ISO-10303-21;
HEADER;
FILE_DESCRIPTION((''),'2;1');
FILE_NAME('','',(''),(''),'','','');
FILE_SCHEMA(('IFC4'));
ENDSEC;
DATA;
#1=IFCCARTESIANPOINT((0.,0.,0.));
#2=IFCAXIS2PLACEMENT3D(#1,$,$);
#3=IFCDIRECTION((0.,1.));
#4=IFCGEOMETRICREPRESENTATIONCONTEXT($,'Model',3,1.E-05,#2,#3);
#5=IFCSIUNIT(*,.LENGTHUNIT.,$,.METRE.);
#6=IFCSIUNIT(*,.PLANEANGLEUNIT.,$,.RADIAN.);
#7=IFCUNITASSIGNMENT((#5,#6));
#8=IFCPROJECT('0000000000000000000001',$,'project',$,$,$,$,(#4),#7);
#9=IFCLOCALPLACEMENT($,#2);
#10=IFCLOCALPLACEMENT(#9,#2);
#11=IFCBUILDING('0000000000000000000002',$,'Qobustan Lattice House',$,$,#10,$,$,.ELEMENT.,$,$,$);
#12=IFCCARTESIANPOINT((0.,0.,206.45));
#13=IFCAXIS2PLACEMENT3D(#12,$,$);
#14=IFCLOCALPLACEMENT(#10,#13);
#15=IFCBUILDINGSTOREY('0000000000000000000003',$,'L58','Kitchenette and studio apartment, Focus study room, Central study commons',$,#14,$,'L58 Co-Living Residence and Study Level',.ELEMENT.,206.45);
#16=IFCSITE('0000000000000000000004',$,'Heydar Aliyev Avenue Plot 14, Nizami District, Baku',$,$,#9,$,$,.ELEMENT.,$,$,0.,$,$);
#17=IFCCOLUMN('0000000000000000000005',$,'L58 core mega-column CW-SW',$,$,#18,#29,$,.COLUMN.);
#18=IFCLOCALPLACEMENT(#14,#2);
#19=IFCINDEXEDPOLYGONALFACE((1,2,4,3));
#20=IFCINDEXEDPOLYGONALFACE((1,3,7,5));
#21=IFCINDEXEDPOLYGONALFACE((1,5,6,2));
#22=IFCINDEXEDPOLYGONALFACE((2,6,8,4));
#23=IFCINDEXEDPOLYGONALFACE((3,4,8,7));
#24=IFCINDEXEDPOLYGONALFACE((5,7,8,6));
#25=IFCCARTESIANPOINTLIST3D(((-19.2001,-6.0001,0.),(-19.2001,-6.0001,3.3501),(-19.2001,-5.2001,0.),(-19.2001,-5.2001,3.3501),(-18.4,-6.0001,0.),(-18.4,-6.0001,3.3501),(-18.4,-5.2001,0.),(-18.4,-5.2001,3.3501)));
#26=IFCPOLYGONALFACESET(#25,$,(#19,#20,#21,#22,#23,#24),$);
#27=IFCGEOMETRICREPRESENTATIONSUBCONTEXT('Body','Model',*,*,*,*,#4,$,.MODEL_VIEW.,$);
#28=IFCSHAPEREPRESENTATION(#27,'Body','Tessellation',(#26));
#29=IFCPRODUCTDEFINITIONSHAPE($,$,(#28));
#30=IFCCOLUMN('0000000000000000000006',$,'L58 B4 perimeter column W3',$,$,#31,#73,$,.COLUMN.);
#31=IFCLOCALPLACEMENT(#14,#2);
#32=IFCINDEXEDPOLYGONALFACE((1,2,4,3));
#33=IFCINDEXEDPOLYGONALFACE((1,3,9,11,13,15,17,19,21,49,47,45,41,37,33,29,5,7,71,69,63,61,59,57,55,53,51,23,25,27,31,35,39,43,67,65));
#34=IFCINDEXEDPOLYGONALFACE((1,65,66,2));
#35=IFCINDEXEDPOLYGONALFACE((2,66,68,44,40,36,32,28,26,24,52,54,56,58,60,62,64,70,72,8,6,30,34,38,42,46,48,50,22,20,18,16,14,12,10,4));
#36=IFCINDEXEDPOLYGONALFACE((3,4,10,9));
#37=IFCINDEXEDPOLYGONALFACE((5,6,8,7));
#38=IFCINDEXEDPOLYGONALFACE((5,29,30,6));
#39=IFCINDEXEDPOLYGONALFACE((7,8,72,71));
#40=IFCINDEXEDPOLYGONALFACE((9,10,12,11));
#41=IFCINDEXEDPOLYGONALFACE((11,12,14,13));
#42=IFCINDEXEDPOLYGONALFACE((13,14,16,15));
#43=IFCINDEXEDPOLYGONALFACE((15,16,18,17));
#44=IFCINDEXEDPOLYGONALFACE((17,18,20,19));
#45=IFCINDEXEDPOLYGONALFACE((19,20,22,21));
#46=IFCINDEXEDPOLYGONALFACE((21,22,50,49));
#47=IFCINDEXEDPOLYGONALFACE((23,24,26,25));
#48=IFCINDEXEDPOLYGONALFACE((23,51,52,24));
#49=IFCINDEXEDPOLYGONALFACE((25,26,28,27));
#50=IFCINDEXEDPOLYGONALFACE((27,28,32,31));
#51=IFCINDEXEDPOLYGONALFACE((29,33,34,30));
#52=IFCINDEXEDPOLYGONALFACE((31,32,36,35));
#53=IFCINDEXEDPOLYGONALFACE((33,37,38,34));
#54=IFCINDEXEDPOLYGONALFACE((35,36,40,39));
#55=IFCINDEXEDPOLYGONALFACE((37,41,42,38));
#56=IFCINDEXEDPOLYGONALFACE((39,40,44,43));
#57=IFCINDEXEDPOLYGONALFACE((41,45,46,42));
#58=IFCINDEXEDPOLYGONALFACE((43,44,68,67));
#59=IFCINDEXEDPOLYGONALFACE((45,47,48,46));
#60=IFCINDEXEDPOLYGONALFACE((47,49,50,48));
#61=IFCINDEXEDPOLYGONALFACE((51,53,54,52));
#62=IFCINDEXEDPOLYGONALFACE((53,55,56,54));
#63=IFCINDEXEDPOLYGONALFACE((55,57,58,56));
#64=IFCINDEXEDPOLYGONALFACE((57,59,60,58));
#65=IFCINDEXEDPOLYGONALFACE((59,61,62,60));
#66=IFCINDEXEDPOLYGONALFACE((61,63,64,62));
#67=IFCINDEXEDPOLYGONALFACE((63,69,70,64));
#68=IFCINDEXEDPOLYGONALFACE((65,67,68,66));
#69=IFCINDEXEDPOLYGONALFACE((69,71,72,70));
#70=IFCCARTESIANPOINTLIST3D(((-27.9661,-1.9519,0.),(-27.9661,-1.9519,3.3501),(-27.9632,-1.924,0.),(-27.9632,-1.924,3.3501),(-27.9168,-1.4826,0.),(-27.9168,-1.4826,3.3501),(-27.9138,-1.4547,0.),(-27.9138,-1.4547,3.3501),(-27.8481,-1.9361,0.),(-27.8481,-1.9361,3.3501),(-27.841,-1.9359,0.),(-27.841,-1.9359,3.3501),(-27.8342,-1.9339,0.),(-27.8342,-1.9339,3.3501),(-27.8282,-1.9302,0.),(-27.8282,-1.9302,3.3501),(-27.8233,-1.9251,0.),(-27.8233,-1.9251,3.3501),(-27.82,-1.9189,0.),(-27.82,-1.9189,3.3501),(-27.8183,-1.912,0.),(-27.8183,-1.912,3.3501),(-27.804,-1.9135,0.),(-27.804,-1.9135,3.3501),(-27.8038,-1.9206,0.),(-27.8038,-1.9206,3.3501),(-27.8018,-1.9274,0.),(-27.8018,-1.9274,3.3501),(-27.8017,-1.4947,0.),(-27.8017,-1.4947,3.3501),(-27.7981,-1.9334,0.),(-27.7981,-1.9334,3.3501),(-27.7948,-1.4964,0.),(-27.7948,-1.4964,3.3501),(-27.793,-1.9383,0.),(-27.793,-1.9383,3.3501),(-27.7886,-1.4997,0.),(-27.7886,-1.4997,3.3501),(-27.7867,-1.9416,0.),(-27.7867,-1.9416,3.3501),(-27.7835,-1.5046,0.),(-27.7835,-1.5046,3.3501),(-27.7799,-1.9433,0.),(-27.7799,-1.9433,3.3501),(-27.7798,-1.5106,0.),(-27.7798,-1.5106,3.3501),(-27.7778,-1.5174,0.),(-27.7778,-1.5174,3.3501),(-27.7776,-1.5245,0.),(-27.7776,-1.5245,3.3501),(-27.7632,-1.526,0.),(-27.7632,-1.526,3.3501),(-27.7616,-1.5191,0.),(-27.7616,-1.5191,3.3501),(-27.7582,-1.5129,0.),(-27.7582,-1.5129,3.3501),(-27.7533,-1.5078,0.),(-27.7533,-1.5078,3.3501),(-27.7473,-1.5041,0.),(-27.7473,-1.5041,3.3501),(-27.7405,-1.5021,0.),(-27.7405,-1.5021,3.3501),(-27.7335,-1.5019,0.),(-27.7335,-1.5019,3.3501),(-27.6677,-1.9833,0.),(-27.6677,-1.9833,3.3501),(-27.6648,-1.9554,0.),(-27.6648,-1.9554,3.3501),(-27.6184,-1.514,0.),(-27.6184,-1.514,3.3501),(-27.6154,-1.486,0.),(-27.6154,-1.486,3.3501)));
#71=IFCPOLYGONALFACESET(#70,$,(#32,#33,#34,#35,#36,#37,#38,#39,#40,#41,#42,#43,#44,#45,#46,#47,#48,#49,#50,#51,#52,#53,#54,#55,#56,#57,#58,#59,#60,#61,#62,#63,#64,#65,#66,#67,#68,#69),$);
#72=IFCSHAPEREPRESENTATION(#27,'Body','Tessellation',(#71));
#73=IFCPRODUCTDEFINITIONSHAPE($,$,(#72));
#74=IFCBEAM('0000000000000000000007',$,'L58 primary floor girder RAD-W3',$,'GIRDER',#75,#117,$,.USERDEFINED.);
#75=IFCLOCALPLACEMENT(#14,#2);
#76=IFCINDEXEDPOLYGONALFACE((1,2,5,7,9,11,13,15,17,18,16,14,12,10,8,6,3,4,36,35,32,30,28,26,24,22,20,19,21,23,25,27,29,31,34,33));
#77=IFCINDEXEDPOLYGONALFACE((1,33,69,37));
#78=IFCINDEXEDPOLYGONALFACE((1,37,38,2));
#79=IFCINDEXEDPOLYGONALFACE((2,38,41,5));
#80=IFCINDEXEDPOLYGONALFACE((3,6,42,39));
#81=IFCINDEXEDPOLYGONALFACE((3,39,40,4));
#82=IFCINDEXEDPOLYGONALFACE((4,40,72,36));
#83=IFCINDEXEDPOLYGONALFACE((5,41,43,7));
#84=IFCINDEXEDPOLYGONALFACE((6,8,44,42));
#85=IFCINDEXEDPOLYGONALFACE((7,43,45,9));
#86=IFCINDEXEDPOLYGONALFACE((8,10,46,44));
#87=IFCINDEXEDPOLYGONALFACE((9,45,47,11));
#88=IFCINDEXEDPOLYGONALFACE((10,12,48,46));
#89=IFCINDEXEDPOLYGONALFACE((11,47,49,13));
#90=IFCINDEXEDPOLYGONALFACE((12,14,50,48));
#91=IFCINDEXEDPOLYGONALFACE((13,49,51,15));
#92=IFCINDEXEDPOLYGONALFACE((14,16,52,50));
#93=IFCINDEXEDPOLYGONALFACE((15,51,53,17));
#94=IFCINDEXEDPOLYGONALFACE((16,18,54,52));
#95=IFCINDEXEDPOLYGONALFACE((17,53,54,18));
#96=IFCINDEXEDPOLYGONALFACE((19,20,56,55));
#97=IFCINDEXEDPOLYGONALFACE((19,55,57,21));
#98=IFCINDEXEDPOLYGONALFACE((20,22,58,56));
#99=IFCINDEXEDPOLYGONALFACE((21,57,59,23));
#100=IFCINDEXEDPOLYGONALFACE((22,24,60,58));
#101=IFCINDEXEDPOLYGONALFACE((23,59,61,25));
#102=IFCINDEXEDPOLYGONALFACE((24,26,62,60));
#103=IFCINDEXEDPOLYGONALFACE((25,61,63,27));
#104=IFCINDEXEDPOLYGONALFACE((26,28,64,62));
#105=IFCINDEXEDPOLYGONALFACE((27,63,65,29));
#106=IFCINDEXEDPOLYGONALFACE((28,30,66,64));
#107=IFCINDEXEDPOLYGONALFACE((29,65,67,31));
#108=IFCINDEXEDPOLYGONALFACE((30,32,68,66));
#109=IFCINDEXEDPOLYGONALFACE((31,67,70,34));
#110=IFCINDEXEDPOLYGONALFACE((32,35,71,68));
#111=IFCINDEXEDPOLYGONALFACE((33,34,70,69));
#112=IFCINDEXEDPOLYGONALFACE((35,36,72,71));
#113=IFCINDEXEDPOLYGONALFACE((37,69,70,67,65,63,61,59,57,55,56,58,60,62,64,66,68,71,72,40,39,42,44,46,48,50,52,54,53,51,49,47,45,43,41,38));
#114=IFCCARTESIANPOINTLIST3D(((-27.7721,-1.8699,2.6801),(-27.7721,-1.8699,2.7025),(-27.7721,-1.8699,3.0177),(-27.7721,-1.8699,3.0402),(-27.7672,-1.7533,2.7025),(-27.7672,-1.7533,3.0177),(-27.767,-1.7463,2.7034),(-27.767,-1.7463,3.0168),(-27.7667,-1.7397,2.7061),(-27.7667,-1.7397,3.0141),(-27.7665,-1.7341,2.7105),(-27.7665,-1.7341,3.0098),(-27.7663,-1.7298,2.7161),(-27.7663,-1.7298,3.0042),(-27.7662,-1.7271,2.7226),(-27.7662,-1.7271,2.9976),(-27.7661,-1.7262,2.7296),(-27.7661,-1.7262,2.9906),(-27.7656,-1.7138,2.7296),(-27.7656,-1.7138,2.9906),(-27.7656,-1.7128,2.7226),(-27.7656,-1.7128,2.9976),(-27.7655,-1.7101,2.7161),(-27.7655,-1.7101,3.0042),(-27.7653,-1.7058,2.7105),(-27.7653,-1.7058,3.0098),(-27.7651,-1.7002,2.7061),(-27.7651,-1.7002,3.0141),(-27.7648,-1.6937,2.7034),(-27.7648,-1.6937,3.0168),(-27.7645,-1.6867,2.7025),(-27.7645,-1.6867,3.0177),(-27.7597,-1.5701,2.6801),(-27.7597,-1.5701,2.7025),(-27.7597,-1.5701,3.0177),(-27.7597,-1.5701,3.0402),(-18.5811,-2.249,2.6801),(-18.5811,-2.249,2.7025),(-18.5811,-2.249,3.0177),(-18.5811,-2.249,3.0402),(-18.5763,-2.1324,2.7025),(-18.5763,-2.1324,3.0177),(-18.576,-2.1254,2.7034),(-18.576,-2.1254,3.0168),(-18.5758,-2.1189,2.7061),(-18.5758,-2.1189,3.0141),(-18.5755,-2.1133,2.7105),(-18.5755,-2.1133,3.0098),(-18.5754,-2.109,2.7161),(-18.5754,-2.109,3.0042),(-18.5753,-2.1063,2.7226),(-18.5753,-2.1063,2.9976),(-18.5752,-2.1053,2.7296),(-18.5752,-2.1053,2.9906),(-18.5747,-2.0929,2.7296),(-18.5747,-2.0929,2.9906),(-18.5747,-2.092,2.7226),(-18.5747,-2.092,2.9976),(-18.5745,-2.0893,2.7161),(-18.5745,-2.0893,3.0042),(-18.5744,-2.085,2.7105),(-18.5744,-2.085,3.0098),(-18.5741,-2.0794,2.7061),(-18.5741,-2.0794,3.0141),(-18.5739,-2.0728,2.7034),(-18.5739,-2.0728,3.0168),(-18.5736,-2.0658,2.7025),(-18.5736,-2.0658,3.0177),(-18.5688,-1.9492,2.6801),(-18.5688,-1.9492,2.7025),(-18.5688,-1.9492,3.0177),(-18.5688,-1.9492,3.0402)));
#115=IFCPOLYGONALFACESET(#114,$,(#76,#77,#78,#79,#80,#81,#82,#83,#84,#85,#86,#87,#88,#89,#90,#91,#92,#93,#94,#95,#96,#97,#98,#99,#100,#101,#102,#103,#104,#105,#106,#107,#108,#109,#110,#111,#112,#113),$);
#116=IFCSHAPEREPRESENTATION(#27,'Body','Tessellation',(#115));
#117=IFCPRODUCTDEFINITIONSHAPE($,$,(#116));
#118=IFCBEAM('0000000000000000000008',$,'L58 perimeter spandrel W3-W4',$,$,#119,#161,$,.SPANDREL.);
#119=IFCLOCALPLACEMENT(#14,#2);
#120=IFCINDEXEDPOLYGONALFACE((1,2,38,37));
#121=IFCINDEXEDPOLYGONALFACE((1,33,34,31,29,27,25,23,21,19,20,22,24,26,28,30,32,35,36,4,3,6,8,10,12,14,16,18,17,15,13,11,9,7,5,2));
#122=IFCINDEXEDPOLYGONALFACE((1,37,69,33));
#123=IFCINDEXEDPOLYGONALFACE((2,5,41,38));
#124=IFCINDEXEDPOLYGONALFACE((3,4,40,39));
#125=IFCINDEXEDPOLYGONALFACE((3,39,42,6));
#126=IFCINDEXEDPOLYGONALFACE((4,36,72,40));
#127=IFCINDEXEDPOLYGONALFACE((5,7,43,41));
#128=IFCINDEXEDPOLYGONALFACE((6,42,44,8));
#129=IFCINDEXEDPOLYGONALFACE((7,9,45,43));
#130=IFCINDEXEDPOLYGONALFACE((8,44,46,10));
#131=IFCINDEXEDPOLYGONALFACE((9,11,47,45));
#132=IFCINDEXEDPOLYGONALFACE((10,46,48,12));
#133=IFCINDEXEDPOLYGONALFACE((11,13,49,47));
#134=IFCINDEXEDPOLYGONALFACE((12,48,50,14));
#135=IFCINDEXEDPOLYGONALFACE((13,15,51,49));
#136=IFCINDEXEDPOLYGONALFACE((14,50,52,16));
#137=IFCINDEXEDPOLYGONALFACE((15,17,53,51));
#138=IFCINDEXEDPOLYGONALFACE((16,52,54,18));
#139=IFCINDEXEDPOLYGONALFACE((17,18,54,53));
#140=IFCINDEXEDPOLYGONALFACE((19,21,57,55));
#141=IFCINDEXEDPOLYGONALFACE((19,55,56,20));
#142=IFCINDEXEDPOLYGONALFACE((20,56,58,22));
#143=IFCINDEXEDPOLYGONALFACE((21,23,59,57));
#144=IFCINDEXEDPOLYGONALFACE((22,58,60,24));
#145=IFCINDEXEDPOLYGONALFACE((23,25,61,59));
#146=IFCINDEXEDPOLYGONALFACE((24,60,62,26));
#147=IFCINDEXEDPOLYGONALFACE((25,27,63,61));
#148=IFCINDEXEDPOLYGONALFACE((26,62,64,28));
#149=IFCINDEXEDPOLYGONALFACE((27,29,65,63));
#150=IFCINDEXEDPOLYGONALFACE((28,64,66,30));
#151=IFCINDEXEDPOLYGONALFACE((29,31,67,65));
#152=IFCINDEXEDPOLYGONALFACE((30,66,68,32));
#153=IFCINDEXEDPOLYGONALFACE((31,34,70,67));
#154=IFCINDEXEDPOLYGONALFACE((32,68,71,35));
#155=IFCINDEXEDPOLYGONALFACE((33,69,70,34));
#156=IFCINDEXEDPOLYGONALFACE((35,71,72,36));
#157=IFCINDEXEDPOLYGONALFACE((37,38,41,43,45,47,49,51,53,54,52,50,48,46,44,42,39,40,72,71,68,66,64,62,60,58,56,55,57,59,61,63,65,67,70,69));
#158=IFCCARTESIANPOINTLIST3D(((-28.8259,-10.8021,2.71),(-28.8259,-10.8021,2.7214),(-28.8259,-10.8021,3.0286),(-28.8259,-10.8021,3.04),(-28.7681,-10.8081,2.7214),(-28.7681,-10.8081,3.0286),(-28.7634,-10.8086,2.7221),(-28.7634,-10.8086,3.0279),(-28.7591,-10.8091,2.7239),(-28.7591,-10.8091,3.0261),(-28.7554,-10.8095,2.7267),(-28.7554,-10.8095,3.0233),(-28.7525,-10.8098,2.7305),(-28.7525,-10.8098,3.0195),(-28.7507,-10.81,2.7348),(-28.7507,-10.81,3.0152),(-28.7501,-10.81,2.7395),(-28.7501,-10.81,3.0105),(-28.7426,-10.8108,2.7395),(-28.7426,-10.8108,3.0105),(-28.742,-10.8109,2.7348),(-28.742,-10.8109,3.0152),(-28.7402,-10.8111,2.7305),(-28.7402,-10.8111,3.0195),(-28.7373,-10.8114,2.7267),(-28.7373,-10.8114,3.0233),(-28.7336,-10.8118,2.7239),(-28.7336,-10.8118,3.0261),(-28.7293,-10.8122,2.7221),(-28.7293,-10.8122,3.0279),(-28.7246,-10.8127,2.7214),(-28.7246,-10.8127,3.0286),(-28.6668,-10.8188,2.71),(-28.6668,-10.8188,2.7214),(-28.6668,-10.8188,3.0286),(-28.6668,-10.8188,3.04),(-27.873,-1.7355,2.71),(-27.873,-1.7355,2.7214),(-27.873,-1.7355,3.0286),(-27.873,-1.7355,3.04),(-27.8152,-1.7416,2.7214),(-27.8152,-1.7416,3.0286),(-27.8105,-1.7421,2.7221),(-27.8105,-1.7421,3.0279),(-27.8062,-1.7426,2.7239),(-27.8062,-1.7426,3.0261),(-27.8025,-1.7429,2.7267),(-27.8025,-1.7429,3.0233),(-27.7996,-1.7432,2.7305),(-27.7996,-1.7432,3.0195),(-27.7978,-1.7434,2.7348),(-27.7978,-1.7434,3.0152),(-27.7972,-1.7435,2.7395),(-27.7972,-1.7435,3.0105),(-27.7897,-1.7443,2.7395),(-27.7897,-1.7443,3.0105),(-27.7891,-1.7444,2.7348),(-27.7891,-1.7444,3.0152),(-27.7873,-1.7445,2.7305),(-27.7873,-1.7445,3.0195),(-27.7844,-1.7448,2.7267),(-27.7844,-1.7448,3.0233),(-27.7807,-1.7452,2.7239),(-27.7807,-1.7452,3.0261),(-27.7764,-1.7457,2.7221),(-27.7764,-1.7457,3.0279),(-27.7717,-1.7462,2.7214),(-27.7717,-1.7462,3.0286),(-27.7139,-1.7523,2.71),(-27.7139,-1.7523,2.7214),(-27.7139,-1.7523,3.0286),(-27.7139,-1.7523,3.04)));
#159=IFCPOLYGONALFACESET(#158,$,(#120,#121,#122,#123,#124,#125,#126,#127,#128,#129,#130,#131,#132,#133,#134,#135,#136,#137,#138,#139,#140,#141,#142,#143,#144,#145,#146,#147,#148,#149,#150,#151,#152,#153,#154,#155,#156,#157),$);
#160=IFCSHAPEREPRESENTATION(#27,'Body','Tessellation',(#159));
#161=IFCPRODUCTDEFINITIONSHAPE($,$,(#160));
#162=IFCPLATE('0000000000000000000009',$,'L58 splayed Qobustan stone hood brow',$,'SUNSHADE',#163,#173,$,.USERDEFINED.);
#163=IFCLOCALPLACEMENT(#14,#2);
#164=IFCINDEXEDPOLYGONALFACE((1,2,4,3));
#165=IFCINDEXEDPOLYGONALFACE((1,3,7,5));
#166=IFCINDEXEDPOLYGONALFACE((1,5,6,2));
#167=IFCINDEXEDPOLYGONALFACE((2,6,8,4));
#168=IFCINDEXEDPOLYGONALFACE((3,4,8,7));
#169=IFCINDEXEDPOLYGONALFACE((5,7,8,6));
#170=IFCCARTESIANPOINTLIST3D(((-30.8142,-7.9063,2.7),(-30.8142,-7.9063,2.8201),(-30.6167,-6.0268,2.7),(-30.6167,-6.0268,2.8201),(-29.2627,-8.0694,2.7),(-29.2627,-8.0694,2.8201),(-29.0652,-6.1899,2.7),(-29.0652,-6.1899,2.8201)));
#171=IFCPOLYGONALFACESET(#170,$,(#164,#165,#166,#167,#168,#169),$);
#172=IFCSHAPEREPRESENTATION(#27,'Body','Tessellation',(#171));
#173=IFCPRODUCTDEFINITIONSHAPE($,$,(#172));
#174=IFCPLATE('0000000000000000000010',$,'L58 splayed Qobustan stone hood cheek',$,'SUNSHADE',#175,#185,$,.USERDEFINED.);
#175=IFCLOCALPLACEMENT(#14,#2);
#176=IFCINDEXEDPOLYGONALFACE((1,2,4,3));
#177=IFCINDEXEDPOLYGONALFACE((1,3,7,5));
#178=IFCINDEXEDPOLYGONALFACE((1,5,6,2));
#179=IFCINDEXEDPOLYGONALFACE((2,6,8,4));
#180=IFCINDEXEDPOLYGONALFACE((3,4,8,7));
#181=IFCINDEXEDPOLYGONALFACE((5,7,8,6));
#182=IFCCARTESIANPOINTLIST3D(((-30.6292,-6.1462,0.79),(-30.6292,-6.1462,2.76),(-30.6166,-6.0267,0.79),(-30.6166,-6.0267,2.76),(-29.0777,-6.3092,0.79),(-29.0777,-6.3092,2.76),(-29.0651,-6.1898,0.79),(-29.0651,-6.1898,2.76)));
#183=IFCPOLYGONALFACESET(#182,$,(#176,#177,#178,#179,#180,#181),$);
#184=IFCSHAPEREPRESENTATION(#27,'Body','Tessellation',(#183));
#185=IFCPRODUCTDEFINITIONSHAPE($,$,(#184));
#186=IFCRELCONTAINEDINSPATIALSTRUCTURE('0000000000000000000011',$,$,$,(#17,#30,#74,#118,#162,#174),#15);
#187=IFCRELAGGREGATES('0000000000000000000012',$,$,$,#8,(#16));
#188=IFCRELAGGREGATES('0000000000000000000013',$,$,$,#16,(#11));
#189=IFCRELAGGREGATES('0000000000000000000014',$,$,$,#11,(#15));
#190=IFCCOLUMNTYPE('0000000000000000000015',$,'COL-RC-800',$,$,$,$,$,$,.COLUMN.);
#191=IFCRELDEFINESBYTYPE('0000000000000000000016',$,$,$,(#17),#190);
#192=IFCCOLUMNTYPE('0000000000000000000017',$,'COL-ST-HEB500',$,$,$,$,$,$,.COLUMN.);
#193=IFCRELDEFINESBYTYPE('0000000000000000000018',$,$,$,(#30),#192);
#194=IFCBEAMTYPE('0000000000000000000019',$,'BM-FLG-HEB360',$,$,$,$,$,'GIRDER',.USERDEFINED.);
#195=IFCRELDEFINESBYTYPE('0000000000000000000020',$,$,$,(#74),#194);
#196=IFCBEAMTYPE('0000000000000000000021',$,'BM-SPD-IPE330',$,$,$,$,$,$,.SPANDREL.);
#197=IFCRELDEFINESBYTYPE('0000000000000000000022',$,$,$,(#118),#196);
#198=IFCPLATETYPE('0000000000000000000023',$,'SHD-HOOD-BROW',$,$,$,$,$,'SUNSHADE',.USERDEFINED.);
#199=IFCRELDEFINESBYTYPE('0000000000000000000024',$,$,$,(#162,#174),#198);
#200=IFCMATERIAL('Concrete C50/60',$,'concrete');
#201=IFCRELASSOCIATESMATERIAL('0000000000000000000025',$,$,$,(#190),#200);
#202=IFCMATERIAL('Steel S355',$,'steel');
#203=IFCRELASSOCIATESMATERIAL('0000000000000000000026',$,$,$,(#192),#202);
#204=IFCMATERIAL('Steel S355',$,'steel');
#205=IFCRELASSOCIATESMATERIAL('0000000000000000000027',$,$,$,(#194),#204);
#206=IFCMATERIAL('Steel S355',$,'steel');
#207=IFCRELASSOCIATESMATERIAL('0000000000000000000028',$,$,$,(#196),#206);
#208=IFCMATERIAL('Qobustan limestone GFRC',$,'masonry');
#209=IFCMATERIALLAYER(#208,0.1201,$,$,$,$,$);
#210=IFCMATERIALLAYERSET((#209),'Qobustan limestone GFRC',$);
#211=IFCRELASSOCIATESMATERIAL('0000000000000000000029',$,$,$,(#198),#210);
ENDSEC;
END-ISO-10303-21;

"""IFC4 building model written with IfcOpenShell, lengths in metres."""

from ifc_helpers import new_model, si_unit, direction, frame, origin, origin_2d, place, context, subcontext, project, spatial, rectangle, i_section, extrude, material, layer, layer_set, material_profile, profile_set, type_object, element, save


model = new_model("IFC4")

# Units and contexts
model_context = context("Model", 3, precision=1e-05, world=origin(), true_north=direction((0.0, 1.0)))
body_context = subcontext(model_context, "Body", "Model", "MODEL_VIEW")
ifc_project = project(units=[si_unit("LENGTHUNIT", "METRE"), si_unit("PLANEANGLEUNIT", "RADIAN")], contexts=[model_context])

# Site, building, storey
site_placement = place(None, origin())
site = spatial("IfcSite", under=ifc_project, at=site_placement, Name="Heydar Aliyev Avenue Plot 14, Nizami District, Baku", CompositionType="ELEMENT", RefElevation=0.0)
building_placement = place(site_placement, origin())
building = spatial("IfcBuilding", under=site, at=building_placement, Name="Qobustan Lattice House", CompositionType="ELEMENT")
storey_placement = place(building_placement, frame((0.0, 0.0, 206.45)))
storey = spatial("IfcBuildingStorey", under=building, at=storey_placement, Name="L58", Description="Kitchenette and studio apartment, Focus study room, Central study commons", LongName="L58 Co-Living Residence and Study Level", CompositionType="ELEMENT", Elevation=206.45)

# Columns
ifc_material_1 = material(Name="Concrete C50/60", Category="concrete")
ifc_material_profile_1 = material_profile(ifc_material_1, rectangle(XDim=0.8, YDim=0.8, at=origin_2d()), Name="RC800x800")
ifc_profile_set_1 = profile_set([ifc_material_profile_1], Name="Concrete C50/60")
column_type_1 = type_object("IfcColumnType", Name="COL-RC-800", PredefinedType="COLUMN", material=ifc_profile_set_1)
column_1_placement = place(storey_placement, frame((-18.8, -5.6001, 0.0), z_axis=(0.0, 0.0, 1.0), x_axis=(1.0, 0.0, 0.0)))
element("IfcColumn", 1, at=column_1_placement, inside=storey, type_object=column_type_1, Name="L58 core mega-column CW-SW", PredefinedType="COLUMN", context=body_context, shape_type="SweptSolid", body=[
    extrude(rectangle(XDim=0.8, YDim=0.8, at=origin_2d()), origin(), (0.0, 0.0, 1.0), 3.3501),
])
ifc_material_2 = material(Name="Steel S355", Category="steel")
ifc_material_profile_2 = material_profile(ifc_material_2, i_section(OverallWidth=0.3, OverallDepth=0.5, WebThickness=0.0144, FlangeThickness=0.0281, FilletRadius=0.0271, at=origin_2d()), Name="HEB500")
ifc_profile_set_2 = profile_set([ifc_material_profile_2], Name="Steel S355")
column_type_2 = type_object("IfcColumnType", Name="COL-ST-HEB500", PredefinedType="COLUMN", material=ifc_profile_set_2)
column_2_placement = place(storey_placement, frame((-27.7908, -1.719, 0.0), z_axis=(0.0, 0.0, 1.0), x_axis=(0.994522, -0.104528, 0.0)))
element("IfcColumn", 2, at=column_2_placement, inside=storey, type_object=column_type_2, Name="L58 B4 perimeter column W3", PredefinedType="COLUMN", context=body_context, shape_type="SweptSolid", body=[
    extrude(i_section(OverallWidth=0.3, OverallDepth=0.5, WebThickness=0.0144, FlangeThickness=0.0281, FilletRadius=0.0271, at=origin_2d()), origin(), (0.0, 0.0, 1.0), 3.3501),
])

# Beams
ifc_material_3 = material(Name="Steel S355", Category="steel")
ifc_material_profile_3 = material_profile(ifc_material_3, i_section(OverallWidth=0.3, OverallDepth=0.3601, WebThickness=0.0125, FlangeThickness=0.0225, FilletRadius=0.0271, at=origin_2d()), Name="HEB360")
ifc_profile_set_3 = profile_set([ifc_material_profile_3], Name="Steel S355")
beam_type_1 = type_object("IfcBeamType", Name="BM-FLG-HEB360", ElementType="GIRDER", PredefinedType="USERDEFINED", material=ifc_profile_set_3)
beam_1_placement = place(storey_placement, frame((-27.7659, -1.72, 2.8601), z_axis=(0.99915, -0.041218, 0.0), x_axis=(0.041218, 0.99915, 0.0)))
element("IfcBeam", 3, at=beam_1_placement, inside=storey, type_object=beam_type_1, Name="L58 primary floor girder RAD-W3", ObjectType="GIRDER", PredefinedType="USERDEFINED", context=body_context, shape_type="SweptSolid", body=[
    extrude(i_section(OverallWidth=0.3, OverallDepth=0.3601, WebThickness=0.0125, FlangeThickness=0.0225, FilletRadius=0.0271, at=origin_2d()), origin(), (0.0, 0.0, 1.0), 9.1987),
])
ifc_material_4 = material(Name="Steel S355", Category="steel")
ifc_material_profile_4 = material_profile(ifc_material_4, i_section(OverallWidth=0.1599, OverallDepth=0.3301, WebThickness=0.0076, FlangeThickness=0.0115, FilletRadius=0.0181, at=origin_2d()), Name="IPE330")
ifc_profile_set_4 = profile_set([ifc_material_profile_4], Name="Steel S355")
beam_type_2 = type_object("IfcBeamType", Name="BM-SPD-IPE330", PredefinedType="SPANDREL", material=ifc_profile_set_4)
beam_2_placement = place(storey_placement, frame((-27.7935, -1.7439, 2.875), z_axis=(-0.104524, -0.994522, 0.0), x_axis=(0.994522, -0.104524, 0.0)))
element("IfcBeam", 4, at=beam_2_placement, inside=storey, type_object=beam_type_2, Name="L58 perimeter spandrel W3-W4", PredefinedType="SPANDREL", context=body_context, shape_type="SweptSolid", body=[
    extrude(i_section(OverallWidth=0.1599, OverallDepth=0.3301, WebThickness=0.0076, FlangeThickness=0.0115, FilletRadius=0.0181, at=origin_2d()), origin(), (0.0, 0.0, 1.0), 9.1165),
])

# Plates
ifc_material_5 = material(Name="Qobustan limestone GFRC", Category="masonry")
ifc_layer_1 = layer(ifc_material_5, 0.1201)
ifc_layer_set_1 = layer_set([ifc_layer_1], Name="Qobustan limestone GFRC")
plate_type = type_object("IfcPlateType", Name="SHD-HOOD-BROW", ElementType="SUNSHADE", PredefinedType="USERDEFINED", material=ifc_layer_set_1)
plate_1_placement = place(storey_placement, frame((-29.9397, -7.0481, 2.7), z_axis=(0.0, 0.0, 1.0), x_axis=(0.104528, 0.994522, 0.0)))
element("IfcPlate", 5, at=plate_1_placement, inside=storey, type_object=plate_type, Name="L58 splayed Qobustan stone hood brow", ObjectType="SUNSHADE", PredefinedType="USERDEFINED", context=body_context, shape_type="SweptSolid", body=[
    extrude(rectangle(XDim=1.8899, YDim=1.5601, at=origin_2d()), origin(), (0.0, 0.0, 1.0), 0.1201),
])
plate_2_placement = place(storey_placement, frame((-29.8472, -6.168, 0.79), z_axis=(0.0, 0.0, 1.0), x_axis=(0.104528, 0.994522, 0.0)))
element("IfcPlate", 6, at=plate_2_placement, inside=storey, type_object=plate_type, Name="L58 splayed Qobustan stone hood cheek", ObjectType="SUNSHADE", PredefinedType="USERDEFINED", context=body_context, shape_type="SweptSolid", body=[
    extrude(rectangle(XDim=0.1201, YDim=1.5601, at=origin_2d()), origin(), (0.0, 0.0, 1.0), 1.97),
])

save(model, "model.ifc")
